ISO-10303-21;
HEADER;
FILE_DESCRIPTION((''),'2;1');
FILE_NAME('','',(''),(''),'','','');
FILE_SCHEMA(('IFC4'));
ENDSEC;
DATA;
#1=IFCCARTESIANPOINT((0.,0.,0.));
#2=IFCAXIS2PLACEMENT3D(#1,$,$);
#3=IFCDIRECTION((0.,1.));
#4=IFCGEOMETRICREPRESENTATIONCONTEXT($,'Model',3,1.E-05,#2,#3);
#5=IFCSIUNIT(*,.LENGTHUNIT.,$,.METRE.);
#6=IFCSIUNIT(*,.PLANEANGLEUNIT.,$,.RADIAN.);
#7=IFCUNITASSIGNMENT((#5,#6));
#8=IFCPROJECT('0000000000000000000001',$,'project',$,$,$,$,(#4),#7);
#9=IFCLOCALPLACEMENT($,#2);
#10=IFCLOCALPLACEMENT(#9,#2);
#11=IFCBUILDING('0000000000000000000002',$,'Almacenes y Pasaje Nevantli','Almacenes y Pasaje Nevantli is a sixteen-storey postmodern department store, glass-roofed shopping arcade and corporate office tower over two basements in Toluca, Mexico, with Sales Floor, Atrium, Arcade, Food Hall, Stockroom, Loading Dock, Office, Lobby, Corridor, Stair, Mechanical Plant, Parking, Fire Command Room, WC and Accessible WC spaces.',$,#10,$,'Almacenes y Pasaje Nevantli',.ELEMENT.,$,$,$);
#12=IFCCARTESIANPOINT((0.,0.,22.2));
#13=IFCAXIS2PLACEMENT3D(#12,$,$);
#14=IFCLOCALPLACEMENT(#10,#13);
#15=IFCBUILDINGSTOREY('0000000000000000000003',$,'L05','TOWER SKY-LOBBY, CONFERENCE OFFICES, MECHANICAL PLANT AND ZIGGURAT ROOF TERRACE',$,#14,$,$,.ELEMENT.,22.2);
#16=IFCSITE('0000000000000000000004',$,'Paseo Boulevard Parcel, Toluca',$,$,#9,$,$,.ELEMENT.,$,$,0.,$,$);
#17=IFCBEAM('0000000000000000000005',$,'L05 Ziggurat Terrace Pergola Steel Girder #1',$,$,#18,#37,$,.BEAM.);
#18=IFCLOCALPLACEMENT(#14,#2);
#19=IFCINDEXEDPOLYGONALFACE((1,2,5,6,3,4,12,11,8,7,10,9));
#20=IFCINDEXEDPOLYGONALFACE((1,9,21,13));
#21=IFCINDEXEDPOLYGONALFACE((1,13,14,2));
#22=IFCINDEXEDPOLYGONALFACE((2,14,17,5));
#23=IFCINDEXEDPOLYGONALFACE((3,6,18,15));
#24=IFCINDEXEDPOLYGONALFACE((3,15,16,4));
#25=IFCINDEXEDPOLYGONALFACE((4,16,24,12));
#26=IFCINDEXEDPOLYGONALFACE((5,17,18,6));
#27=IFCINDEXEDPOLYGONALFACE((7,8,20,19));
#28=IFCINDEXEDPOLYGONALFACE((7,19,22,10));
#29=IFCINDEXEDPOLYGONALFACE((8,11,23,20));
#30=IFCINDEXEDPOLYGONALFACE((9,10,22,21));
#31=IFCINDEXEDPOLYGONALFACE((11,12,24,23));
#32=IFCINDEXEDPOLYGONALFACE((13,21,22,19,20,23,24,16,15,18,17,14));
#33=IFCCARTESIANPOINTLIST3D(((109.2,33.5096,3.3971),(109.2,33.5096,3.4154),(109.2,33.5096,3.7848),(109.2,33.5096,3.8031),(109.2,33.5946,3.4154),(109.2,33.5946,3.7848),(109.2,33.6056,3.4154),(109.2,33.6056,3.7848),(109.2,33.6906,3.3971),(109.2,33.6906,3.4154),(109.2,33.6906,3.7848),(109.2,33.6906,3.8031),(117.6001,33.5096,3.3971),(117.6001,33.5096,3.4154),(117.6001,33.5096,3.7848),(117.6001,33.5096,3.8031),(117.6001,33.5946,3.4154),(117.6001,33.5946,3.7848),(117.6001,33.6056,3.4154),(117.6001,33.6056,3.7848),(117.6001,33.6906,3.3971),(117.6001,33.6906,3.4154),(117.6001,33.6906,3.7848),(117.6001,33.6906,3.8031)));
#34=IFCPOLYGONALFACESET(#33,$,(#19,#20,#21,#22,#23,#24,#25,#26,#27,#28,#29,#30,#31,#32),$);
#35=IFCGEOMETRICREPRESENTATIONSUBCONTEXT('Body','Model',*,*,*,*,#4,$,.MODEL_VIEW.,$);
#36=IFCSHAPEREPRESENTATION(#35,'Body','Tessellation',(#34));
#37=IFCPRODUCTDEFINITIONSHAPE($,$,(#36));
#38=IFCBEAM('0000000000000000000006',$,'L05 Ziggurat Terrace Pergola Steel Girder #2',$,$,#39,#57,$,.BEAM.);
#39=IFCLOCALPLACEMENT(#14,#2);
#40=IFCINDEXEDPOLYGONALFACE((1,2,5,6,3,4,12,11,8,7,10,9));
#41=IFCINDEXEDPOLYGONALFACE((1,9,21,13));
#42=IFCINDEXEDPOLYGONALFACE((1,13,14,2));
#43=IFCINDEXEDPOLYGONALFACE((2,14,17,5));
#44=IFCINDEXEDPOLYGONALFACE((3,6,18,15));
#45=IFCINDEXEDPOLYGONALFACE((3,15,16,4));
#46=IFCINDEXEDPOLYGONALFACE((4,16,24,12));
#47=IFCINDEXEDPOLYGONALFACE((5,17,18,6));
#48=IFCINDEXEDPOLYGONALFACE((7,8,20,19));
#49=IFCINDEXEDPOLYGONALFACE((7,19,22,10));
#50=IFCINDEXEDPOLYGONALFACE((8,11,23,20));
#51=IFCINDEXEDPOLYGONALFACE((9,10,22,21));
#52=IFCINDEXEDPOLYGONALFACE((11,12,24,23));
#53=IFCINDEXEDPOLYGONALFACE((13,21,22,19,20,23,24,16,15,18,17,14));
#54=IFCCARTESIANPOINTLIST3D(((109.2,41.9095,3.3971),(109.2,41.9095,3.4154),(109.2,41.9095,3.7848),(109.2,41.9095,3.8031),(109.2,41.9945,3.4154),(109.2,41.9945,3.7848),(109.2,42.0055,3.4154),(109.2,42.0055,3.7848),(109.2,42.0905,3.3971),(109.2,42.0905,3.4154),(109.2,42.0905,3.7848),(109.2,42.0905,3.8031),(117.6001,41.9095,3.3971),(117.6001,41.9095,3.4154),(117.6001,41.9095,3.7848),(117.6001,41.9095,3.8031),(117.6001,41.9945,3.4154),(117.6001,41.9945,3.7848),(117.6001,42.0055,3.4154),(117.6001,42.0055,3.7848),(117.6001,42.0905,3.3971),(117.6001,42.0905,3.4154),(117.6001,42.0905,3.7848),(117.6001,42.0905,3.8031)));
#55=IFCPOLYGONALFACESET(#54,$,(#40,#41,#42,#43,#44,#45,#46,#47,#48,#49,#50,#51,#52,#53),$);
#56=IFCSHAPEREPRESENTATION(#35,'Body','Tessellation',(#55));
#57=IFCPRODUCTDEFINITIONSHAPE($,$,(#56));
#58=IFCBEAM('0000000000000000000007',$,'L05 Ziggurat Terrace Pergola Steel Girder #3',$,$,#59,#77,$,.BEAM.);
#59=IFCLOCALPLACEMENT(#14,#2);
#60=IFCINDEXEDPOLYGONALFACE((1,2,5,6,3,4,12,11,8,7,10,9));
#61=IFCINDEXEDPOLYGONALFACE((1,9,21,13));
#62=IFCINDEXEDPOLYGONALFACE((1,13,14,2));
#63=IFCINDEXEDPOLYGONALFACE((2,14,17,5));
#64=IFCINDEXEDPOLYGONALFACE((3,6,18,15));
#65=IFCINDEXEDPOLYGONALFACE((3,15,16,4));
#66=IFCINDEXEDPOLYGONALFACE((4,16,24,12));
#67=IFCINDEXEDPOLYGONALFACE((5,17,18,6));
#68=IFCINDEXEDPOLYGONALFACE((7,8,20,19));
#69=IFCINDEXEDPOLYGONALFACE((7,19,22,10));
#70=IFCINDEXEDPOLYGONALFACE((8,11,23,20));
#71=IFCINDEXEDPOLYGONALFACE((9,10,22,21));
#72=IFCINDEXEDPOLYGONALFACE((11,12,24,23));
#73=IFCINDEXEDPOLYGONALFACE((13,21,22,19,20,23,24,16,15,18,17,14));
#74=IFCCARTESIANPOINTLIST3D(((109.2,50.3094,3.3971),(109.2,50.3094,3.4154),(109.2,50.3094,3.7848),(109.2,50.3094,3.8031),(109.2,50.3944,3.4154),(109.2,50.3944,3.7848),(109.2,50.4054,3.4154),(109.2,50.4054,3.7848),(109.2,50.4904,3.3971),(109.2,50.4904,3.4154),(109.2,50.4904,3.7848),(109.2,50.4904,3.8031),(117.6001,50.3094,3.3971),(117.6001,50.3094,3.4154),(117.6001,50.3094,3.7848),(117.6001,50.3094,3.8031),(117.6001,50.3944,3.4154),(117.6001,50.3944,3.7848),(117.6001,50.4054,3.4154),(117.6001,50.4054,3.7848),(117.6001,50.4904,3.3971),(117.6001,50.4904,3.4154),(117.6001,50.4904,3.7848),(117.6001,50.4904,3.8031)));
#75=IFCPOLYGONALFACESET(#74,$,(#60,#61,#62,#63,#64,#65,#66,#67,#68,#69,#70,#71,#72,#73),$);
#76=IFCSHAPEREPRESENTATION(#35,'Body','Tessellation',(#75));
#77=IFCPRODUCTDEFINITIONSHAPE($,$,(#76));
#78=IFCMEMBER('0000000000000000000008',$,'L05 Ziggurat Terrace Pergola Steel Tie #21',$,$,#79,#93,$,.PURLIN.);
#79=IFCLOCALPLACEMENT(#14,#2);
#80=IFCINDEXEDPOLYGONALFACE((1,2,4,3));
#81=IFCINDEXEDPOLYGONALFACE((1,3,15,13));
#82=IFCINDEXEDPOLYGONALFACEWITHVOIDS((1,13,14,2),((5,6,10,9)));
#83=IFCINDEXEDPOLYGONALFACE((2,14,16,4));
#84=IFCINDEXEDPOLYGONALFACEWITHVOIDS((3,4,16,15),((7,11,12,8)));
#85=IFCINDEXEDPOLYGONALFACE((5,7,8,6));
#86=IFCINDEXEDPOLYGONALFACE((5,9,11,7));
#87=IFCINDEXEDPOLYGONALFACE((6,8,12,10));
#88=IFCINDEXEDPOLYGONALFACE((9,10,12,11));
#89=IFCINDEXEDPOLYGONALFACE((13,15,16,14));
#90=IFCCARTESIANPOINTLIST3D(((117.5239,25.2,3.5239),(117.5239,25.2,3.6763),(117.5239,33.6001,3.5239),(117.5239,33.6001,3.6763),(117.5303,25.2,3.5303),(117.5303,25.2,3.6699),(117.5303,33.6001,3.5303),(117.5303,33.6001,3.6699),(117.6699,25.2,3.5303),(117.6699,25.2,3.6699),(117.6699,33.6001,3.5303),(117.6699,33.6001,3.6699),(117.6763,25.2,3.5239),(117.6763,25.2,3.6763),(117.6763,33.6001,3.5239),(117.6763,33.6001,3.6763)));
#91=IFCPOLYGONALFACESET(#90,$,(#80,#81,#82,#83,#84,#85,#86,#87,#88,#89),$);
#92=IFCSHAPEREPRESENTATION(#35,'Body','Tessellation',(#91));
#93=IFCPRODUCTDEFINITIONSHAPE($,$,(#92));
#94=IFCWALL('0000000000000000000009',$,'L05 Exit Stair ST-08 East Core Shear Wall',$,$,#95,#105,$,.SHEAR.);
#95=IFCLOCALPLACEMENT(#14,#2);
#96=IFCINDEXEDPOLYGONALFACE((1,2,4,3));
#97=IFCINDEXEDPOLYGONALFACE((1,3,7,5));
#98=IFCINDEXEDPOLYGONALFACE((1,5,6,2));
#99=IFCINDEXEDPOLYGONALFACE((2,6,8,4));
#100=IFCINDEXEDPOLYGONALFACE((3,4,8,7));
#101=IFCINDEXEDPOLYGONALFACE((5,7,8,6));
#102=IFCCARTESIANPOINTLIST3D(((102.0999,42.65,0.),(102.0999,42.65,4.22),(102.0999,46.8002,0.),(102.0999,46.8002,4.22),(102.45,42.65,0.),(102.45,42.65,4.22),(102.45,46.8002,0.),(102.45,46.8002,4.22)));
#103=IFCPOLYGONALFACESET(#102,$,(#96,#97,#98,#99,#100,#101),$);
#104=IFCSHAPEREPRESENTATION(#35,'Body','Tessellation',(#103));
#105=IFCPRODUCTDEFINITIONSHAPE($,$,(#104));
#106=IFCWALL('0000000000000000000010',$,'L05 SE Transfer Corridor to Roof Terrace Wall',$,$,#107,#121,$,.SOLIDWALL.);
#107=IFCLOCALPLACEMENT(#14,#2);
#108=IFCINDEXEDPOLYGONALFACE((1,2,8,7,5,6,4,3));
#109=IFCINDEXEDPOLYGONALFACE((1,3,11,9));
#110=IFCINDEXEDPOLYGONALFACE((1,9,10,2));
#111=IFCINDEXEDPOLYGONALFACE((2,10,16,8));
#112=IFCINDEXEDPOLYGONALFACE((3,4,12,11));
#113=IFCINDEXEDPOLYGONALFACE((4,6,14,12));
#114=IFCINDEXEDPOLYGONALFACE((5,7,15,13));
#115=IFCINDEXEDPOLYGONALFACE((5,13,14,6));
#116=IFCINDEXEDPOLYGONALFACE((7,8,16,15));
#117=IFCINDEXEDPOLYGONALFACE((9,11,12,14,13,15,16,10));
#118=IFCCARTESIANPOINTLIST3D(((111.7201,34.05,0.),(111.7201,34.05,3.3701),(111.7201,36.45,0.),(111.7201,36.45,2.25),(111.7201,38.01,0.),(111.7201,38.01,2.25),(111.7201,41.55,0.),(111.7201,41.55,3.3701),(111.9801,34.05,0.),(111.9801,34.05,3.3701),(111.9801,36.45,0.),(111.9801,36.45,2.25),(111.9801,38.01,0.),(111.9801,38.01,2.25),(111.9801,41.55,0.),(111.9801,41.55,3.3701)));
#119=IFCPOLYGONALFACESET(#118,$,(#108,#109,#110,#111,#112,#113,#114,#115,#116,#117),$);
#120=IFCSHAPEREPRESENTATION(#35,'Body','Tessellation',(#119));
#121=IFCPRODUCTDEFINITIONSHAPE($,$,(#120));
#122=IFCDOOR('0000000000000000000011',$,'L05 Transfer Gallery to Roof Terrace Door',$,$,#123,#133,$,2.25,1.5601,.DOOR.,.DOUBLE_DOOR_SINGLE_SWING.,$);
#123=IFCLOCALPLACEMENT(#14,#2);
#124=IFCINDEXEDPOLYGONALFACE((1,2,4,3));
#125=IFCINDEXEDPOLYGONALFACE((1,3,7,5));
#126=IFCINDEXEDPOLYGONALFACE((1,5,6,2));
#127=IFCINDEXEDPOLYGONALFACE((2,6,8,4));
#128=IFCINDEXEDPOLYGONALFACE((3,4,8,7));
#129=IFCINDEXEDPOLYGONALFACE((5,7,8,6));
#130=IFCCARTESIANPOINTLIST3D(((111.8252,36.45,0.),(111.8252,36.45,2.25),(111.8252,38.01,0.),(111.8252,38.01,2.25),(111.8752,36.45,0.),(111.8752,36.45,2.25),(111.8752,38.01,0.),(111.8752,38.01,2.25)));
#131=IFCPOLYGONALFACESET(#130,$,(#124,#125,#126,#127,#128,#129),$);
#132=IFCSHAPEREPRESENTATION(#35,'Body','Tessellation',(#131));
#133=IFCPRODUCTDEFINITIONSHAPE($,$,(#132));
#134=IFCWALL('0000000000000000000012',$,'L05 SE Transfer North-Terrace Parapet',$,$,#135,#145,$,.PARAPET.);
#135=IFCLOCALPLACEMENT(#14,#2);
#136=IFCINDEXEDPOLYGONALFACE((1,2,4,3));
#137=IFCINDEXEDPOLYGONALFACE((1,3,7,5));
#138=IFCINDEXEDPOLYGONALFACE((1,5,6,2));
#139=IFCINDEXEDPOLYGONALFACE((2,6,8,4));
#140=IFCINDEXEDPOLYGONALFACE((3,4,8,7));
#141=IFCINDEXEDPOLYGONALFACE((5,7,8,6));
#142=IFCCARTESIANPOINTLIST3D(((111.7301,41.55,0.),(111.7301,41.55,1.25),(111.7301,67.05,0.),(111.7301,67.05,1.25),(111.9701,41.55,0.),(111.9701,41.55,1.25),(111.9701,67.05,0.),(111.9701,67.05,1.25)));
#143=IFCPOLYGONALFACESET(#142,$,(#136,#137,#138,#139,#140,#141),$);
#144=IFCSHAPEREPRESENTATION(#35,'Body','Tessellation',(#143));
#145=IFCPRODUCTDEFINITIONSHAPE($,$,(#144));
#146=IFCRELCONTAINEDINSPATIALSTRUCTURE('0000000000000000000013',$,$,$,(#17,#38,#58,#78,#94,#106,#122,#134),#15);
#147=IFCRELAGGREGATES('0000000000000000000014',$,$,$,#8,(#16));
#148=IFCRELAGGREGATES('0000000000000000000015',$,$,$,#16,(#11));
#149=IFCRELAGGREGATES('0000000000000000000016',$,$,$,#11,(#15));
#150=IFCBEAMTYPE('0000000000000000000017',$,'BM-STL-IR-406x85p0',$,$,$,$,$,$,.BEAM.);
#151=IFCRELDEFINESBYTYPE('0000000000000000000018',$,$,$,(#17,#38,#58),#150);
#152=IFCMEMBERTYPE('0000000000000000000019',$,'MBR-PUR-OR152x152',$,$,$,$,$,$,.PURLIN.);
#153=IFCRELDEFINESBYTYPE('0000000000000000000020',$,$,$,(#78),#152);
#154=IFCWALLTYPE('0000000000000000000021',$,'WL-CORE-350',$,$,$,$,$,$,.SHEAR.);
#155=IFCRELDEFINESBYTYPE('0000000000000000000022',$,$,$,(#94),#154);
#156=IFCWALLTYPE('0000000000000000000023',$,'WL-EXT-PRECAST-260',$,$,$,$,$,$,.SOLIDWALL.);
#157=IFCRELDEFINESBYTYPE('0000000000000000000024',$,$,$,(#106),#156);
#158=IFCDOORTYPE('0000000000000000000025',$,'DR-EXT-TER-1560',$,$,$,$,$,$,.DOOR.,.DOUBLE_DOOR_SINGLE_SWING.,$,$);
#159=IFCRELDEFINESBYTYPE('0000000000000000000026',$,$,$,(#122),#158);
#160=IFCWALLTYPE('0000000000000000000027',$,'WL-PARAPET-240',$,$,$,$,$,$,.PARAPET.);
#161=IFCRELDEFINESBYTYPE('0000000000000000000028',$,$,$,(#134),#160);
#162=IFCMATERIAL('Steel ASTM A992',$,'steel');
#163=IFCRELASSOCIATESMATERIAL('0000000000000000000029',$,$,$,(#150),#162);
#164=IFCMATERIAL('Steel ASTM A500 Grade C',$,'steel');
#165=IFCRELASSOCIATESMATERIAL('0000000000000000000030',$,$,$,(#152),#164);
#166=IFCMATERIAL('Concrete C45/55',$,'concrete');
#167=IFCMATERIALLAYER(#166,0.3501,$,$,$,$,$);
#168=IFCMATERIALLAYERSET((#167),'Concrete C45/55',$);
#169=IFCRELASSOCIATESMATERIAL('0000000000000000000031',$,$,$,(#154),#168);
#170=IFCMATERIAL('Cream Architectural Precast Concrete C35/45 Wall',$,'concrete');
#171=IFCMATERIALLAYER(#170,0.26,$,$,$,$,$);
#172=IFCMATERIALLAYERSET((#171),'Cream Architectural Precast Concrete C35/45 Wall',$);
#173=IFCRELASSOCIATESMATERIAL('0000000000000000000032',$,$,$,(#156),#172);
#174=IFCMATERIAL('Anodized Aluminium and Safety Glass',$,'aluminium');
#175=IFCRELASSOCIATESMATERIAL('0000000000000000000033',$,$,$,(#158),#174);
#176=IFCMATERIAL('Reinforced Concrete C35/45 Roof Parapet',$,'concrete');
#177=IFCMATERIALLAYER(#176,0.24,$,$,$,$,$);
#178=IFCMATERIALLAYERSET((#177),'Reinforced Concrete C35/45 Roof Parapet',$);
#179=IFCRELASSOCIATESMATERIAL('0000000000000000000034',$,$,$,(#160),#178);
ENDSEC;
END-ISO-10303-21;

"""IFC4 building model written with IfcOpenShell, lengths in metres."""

from ifc_helpers import new_model, si_unit, direction, frame, frame_2d, origin, origin_2d, place, context, subcontext, project, spatial, rectangle, hollow_rectangle, i_section, extrude, material, layer, layer_set, material_profile, profile_set, type_object, element, fill, save


model = new_model("IFC4")

# Units and contexts
model_context = context("Model", 3, precision=1e-05, world=origin(), true_north=direction((0.0, 1.0)))
body_context = subcontext(model_context, "Body", "Model", "MODEL_VIEW")
ifc_project = project(units=[si_unit("LENGTHUNIT", "METRE"), si_unit("PLANEANGLEUNIT", "RADIAN")], contexts=[model_context])

# Site, building, storey
site_placement = place(None, origin())
site = spatial("IfcSite", under=ifc_project, at=site_placement, Name="Paseo Boulevard Parcel, Toluca", CompositionType="ELEMENT", RefElevation=0.0)
building_placement = place(site_placement, origin())
building = spatial("IfcBuilding", under=site, at=building_placement, Name="Almacenes y Pasaje Nevantli", Description="Almacenes y Pasaje Nevantli is a sixteen-storey postmodern department store, glass-roofed shopping arcade and corporate office tower over two basements in Toluca, Mexico, with Sales Floor, Atrium, Arcade, Food Hall, Stockroom, Loading Dock, Office, Lobby, Corridor, Stair, Mechanical Plant, Parking, Fire Command Room, WC and Accessible WC spaces.", LongName="Almacenes y Pasaje Nevantli", CompositionType="ELEMENT")
storey_placement = place(building_placement, frame((0.0, 0.0, 22.2)))
storey = spatial("IfcBuildingStorey", under=building, at=storey_placement, Name="L05", Description="TOWER SKY-LOBBY, CONFERENCE OFFICES, MECHANICAL PLANT AND ZIGGURAT ROOF TERRACE", CompositionType="ELEMENT", Elevation=22.2)

# Beams
ifc_material_1 = material(Name="Steel ASTM A992", Category="steel")
ifc_material_profile_1 = material_profile(ifc_material_1, i_section(OverallWidth=0.1809, OverallDepth=0.406, WebThickness=0.011, FlangeThickness=0.0183, at=origin_2d()), Name="IR 406x85.0")
ifc_profile_set_1 = profile_set([ifc_material_profile_1], Name="Steel ASTM A992")
beam_type_1 = type_object("IfcBeamType", Name="BM-STL-IR-406x85p0", PredefinedType="BEAM", material=ifc_profile_set_1)
for number, where, z_axis, x_axis, name in (
    (1, (109.2, 33.6001, 3.6001), (1.0, 0.0, 0.0), (0.0, 1.0, 0.0), "L05 Ziggurat Terrace Pergola Steel Girder #1"),
    (2, (109.2, 42.0, 3.6001), (1.0, 0.0, 0.0), (0.0, 1.0, 0.0), "L05 Ziggurat Terrace Pergola Steel Girder #2"),
    (3, (109.2, 50.3999, 3.6001), (1.0, 0.0, 0.0), (0.0, 1.0, 0.0), "L05 Ziggurat Terrace Pergola Steel Girder #3"),
):
    element("IfcBeam", number, at=place(storey_placement, frame(where, z_axis=z_axis, x_axis=x_axis)), inside=storey, type_object=beam_type_1, Name=name, PredefinedType="BEAM", context=body_context, shape_type="SweptSolid", body=[
        extrude(i_section(OverallWidth=0.1809, OverallDepth=0.406, WebThickness=0.011, FlangeThickness=0.0183, at=origin_2d()), origin(), (0.0, 0.0, 1.0), 8.4001),
    ])

# Member
ifc_material_2 = material(Name="Steel ASTM A500 Grade C", Category="steel")
ifc_material_profile_2 = material_profile(ifc_material_2, hollow_rectangle(XDim=0.1523, YDim=0.1523, WallThickness=0.0063, at=origin_2d()), Name="OR 152x152x6.4")
ifc_profile_set_2 = profile_set([ifc_material_profile_2], Name="Steel ASTM A500 Grade C")
member_type = type_object("IfcMemberType", Name="MBR-PUR-OR152x152", PredefinedType="PURLIN", material=ifc_profile_set_2)
member_placement = place(storey_placement, frame((117.6001, 25.2, 3.6001), z_axis=(0.0, 1.0, 0.0), x_axis=(-1.0, 0.0, 0.0)))
element("IfcMember", 4, at=member_placement, inside=storey, type_object=member_type, Name="L05 Ziggurat Terrace Pergola Steel Tie #21", PredefinedType="PURLIN", context=body_context, shape_type="SweptSolid", body=[
    extrude(hollow_rectangle(XDim=0.1523, YDim=0.1523, WallThickness=0.0063, at=origin_2d()), origin(), (0.0, 0.0, 1.0), 8.4001),
])

# Wall
ifc_material_3 = material(Name="Concrete C45/55", Category="concrete")
ifc_layer_1 = layer(ifc_material_3, 0.3501)
ifc_layer_set_1 = layer_set([ifc_layer_1], Name="Concrete C45/55")
wall_type_1 = type_object("IfcWallType", Name="WL-CORE-350", PredefinedType="SHEAR", material=ifc_layer_set_1)
wall_1_placement = place(storey_placement, frame((102.2749, 42.6499, 0.0), z_axis=(0.0, 0.0, 1.0), x_axis=(0.0, 1.0, 0.0)))
element("IfcWall", 5, at=wall_1_placement, inside=storey, type_object=wall_type_1, Name="L05 Exit Stair ST-08 East Core Shear Wall", PredefinedType="SHEAR", context=body_context, shape_type="SweptSolid", body=[
    extrude(rectangle(XDim=4.1501, YDim=0.3501, at=frame_2d((2.0752, 0.0))), origin(), (0.0, 0.0, 1.0), 4.22),
])

# Wall, opening, door
ifc_material_4 = material(Name="Cream Architectural Precast Concrete C35/45 Wall", Category="concrete")
ifc_layer_2 = layer(ifc_material_4, 0.26)
ifc_layer_set_2 = layer_set([ifc_layer_2], Name="Cream Architectural Precast Concrete C35/45 Wall")
wall_type_2 = type_object("IfcWallType", Name="WL-EXT-PRECAST-260", PredefinedType="SOLIDWALL", material=ifc_layer_set_2)
wall_2_placement = place(storey_placement, frame((111.8501, 34.05, 0.0), z_axis=(0.0, 0.0, 1.0), x_axis=(0.0, 1.0, 0.0)))
wall_2 = element("IfcWall", 6, at=wall_2_placement, inside=storey, type_object=wall_type_2, Name="L05 SE Transfer Corridor to Roof Terrace Wall", PredefinedType="SOLIDWALL", context=body_context, shape_type="SweptSolid", body=[
    extrude(rectangle(XDim=7.5, YDim=0.26, at=frame_2d((3.75, 0.0))), origin(), (0.0, 0.0, 1.0), 3.3701),
])
opening_placement = place(wall_2_placement, frame((2.3999, 0.0, 0.0)))
opening = element("IfcOpeningElement", 7, at=opening_placement, cuts=wall_2, PredefinedType="OPENING", context=body_context, shape_type="SweptSolid", body=[
    extrude(rectangle(XDim=1.5601, YDim=2.25, at=frame_2d((0.78, 1.125))), frame((0.0, 0.1399, 0.0), z_axis=(0.0, -1.0, 0.0), x_axis=(1.0, 0.0, 0.0)), (0.0, 0.0, 1.0), 0.28),
])
ifc_material_5 = material(Name="Anodized Aluminium and Safety Glass", Category="aluminium")
door_type = type_object("IfcDoorType", Name="DR-EXT-TER-1560", OperationType="DOUBLE_DOOR_SINGLE_SWING", PredefinedType="DOOR", material=ifc_material_5)
door_placement = place(opening_placement, origin())
door = element("IfcDoor", 8, at=door_placement, inside=storey, type_object=door_type, Name="L05 Transfer Gallery to Roof Terrace Door", OperationType="DOUBLE_DOOR_SINGLE_SWING", OverallHeight=2.25, OverallWidth=1.5601, PredefinedType="DOOR", context=body_context, shape_type="SweptSolid", body=[
    extrude(rectangle(XDim=1.5601, YDim=2.25, at=frame_2d((0.78, 1.125))), frame((0.0, 0.0249, 0.0), z_axis=(0.0, -1.0, 0.0), x_axis=(1.0, 0.0, 0.0)), (0.0, 0.0, 1.0), 0.05),
])
fill(opening, door)

# Wall
ifc_material_6 = material(Name="Reinforced Concrete C35/45 Roof Parapet", Category="concrete")
ifc_layer_3 = layer(ifc_material_6, 0.24)
ifc_layer_set_3 = layer_set([ifc_layer_3], Name="Reinforced Concrete C35/45 Roof Parapet")
wall_type_3 = type_object("IfcWallType", Name="WL-PARAPET-240", PredefinedType="PARAPET", material=ifc_layer_set_3)
wall_3_placement = place(storey_placement, frame((111.8501, 41.55, 0.0), z_axis=(0.0, 0.0, 1.0), x_axis=(0.0, 1.0, 0.0)))
element("IfcWall", 9, at=wall_3_placement, inside=storey, type_object=wall_type_3, Name="L05 SE Transfer North-Terrace Parapet", PredefinedType="PARAPET", context=body_context, shape_type="SweptSolid", body=[
    extrude(rectangle(XDim=25.5, YDim=0.24, at=frame_2d((12.75, 0.0))), origin(), (0.0, 0.0, 1.0), 1.25),
])

save(model, "model.ifc")
